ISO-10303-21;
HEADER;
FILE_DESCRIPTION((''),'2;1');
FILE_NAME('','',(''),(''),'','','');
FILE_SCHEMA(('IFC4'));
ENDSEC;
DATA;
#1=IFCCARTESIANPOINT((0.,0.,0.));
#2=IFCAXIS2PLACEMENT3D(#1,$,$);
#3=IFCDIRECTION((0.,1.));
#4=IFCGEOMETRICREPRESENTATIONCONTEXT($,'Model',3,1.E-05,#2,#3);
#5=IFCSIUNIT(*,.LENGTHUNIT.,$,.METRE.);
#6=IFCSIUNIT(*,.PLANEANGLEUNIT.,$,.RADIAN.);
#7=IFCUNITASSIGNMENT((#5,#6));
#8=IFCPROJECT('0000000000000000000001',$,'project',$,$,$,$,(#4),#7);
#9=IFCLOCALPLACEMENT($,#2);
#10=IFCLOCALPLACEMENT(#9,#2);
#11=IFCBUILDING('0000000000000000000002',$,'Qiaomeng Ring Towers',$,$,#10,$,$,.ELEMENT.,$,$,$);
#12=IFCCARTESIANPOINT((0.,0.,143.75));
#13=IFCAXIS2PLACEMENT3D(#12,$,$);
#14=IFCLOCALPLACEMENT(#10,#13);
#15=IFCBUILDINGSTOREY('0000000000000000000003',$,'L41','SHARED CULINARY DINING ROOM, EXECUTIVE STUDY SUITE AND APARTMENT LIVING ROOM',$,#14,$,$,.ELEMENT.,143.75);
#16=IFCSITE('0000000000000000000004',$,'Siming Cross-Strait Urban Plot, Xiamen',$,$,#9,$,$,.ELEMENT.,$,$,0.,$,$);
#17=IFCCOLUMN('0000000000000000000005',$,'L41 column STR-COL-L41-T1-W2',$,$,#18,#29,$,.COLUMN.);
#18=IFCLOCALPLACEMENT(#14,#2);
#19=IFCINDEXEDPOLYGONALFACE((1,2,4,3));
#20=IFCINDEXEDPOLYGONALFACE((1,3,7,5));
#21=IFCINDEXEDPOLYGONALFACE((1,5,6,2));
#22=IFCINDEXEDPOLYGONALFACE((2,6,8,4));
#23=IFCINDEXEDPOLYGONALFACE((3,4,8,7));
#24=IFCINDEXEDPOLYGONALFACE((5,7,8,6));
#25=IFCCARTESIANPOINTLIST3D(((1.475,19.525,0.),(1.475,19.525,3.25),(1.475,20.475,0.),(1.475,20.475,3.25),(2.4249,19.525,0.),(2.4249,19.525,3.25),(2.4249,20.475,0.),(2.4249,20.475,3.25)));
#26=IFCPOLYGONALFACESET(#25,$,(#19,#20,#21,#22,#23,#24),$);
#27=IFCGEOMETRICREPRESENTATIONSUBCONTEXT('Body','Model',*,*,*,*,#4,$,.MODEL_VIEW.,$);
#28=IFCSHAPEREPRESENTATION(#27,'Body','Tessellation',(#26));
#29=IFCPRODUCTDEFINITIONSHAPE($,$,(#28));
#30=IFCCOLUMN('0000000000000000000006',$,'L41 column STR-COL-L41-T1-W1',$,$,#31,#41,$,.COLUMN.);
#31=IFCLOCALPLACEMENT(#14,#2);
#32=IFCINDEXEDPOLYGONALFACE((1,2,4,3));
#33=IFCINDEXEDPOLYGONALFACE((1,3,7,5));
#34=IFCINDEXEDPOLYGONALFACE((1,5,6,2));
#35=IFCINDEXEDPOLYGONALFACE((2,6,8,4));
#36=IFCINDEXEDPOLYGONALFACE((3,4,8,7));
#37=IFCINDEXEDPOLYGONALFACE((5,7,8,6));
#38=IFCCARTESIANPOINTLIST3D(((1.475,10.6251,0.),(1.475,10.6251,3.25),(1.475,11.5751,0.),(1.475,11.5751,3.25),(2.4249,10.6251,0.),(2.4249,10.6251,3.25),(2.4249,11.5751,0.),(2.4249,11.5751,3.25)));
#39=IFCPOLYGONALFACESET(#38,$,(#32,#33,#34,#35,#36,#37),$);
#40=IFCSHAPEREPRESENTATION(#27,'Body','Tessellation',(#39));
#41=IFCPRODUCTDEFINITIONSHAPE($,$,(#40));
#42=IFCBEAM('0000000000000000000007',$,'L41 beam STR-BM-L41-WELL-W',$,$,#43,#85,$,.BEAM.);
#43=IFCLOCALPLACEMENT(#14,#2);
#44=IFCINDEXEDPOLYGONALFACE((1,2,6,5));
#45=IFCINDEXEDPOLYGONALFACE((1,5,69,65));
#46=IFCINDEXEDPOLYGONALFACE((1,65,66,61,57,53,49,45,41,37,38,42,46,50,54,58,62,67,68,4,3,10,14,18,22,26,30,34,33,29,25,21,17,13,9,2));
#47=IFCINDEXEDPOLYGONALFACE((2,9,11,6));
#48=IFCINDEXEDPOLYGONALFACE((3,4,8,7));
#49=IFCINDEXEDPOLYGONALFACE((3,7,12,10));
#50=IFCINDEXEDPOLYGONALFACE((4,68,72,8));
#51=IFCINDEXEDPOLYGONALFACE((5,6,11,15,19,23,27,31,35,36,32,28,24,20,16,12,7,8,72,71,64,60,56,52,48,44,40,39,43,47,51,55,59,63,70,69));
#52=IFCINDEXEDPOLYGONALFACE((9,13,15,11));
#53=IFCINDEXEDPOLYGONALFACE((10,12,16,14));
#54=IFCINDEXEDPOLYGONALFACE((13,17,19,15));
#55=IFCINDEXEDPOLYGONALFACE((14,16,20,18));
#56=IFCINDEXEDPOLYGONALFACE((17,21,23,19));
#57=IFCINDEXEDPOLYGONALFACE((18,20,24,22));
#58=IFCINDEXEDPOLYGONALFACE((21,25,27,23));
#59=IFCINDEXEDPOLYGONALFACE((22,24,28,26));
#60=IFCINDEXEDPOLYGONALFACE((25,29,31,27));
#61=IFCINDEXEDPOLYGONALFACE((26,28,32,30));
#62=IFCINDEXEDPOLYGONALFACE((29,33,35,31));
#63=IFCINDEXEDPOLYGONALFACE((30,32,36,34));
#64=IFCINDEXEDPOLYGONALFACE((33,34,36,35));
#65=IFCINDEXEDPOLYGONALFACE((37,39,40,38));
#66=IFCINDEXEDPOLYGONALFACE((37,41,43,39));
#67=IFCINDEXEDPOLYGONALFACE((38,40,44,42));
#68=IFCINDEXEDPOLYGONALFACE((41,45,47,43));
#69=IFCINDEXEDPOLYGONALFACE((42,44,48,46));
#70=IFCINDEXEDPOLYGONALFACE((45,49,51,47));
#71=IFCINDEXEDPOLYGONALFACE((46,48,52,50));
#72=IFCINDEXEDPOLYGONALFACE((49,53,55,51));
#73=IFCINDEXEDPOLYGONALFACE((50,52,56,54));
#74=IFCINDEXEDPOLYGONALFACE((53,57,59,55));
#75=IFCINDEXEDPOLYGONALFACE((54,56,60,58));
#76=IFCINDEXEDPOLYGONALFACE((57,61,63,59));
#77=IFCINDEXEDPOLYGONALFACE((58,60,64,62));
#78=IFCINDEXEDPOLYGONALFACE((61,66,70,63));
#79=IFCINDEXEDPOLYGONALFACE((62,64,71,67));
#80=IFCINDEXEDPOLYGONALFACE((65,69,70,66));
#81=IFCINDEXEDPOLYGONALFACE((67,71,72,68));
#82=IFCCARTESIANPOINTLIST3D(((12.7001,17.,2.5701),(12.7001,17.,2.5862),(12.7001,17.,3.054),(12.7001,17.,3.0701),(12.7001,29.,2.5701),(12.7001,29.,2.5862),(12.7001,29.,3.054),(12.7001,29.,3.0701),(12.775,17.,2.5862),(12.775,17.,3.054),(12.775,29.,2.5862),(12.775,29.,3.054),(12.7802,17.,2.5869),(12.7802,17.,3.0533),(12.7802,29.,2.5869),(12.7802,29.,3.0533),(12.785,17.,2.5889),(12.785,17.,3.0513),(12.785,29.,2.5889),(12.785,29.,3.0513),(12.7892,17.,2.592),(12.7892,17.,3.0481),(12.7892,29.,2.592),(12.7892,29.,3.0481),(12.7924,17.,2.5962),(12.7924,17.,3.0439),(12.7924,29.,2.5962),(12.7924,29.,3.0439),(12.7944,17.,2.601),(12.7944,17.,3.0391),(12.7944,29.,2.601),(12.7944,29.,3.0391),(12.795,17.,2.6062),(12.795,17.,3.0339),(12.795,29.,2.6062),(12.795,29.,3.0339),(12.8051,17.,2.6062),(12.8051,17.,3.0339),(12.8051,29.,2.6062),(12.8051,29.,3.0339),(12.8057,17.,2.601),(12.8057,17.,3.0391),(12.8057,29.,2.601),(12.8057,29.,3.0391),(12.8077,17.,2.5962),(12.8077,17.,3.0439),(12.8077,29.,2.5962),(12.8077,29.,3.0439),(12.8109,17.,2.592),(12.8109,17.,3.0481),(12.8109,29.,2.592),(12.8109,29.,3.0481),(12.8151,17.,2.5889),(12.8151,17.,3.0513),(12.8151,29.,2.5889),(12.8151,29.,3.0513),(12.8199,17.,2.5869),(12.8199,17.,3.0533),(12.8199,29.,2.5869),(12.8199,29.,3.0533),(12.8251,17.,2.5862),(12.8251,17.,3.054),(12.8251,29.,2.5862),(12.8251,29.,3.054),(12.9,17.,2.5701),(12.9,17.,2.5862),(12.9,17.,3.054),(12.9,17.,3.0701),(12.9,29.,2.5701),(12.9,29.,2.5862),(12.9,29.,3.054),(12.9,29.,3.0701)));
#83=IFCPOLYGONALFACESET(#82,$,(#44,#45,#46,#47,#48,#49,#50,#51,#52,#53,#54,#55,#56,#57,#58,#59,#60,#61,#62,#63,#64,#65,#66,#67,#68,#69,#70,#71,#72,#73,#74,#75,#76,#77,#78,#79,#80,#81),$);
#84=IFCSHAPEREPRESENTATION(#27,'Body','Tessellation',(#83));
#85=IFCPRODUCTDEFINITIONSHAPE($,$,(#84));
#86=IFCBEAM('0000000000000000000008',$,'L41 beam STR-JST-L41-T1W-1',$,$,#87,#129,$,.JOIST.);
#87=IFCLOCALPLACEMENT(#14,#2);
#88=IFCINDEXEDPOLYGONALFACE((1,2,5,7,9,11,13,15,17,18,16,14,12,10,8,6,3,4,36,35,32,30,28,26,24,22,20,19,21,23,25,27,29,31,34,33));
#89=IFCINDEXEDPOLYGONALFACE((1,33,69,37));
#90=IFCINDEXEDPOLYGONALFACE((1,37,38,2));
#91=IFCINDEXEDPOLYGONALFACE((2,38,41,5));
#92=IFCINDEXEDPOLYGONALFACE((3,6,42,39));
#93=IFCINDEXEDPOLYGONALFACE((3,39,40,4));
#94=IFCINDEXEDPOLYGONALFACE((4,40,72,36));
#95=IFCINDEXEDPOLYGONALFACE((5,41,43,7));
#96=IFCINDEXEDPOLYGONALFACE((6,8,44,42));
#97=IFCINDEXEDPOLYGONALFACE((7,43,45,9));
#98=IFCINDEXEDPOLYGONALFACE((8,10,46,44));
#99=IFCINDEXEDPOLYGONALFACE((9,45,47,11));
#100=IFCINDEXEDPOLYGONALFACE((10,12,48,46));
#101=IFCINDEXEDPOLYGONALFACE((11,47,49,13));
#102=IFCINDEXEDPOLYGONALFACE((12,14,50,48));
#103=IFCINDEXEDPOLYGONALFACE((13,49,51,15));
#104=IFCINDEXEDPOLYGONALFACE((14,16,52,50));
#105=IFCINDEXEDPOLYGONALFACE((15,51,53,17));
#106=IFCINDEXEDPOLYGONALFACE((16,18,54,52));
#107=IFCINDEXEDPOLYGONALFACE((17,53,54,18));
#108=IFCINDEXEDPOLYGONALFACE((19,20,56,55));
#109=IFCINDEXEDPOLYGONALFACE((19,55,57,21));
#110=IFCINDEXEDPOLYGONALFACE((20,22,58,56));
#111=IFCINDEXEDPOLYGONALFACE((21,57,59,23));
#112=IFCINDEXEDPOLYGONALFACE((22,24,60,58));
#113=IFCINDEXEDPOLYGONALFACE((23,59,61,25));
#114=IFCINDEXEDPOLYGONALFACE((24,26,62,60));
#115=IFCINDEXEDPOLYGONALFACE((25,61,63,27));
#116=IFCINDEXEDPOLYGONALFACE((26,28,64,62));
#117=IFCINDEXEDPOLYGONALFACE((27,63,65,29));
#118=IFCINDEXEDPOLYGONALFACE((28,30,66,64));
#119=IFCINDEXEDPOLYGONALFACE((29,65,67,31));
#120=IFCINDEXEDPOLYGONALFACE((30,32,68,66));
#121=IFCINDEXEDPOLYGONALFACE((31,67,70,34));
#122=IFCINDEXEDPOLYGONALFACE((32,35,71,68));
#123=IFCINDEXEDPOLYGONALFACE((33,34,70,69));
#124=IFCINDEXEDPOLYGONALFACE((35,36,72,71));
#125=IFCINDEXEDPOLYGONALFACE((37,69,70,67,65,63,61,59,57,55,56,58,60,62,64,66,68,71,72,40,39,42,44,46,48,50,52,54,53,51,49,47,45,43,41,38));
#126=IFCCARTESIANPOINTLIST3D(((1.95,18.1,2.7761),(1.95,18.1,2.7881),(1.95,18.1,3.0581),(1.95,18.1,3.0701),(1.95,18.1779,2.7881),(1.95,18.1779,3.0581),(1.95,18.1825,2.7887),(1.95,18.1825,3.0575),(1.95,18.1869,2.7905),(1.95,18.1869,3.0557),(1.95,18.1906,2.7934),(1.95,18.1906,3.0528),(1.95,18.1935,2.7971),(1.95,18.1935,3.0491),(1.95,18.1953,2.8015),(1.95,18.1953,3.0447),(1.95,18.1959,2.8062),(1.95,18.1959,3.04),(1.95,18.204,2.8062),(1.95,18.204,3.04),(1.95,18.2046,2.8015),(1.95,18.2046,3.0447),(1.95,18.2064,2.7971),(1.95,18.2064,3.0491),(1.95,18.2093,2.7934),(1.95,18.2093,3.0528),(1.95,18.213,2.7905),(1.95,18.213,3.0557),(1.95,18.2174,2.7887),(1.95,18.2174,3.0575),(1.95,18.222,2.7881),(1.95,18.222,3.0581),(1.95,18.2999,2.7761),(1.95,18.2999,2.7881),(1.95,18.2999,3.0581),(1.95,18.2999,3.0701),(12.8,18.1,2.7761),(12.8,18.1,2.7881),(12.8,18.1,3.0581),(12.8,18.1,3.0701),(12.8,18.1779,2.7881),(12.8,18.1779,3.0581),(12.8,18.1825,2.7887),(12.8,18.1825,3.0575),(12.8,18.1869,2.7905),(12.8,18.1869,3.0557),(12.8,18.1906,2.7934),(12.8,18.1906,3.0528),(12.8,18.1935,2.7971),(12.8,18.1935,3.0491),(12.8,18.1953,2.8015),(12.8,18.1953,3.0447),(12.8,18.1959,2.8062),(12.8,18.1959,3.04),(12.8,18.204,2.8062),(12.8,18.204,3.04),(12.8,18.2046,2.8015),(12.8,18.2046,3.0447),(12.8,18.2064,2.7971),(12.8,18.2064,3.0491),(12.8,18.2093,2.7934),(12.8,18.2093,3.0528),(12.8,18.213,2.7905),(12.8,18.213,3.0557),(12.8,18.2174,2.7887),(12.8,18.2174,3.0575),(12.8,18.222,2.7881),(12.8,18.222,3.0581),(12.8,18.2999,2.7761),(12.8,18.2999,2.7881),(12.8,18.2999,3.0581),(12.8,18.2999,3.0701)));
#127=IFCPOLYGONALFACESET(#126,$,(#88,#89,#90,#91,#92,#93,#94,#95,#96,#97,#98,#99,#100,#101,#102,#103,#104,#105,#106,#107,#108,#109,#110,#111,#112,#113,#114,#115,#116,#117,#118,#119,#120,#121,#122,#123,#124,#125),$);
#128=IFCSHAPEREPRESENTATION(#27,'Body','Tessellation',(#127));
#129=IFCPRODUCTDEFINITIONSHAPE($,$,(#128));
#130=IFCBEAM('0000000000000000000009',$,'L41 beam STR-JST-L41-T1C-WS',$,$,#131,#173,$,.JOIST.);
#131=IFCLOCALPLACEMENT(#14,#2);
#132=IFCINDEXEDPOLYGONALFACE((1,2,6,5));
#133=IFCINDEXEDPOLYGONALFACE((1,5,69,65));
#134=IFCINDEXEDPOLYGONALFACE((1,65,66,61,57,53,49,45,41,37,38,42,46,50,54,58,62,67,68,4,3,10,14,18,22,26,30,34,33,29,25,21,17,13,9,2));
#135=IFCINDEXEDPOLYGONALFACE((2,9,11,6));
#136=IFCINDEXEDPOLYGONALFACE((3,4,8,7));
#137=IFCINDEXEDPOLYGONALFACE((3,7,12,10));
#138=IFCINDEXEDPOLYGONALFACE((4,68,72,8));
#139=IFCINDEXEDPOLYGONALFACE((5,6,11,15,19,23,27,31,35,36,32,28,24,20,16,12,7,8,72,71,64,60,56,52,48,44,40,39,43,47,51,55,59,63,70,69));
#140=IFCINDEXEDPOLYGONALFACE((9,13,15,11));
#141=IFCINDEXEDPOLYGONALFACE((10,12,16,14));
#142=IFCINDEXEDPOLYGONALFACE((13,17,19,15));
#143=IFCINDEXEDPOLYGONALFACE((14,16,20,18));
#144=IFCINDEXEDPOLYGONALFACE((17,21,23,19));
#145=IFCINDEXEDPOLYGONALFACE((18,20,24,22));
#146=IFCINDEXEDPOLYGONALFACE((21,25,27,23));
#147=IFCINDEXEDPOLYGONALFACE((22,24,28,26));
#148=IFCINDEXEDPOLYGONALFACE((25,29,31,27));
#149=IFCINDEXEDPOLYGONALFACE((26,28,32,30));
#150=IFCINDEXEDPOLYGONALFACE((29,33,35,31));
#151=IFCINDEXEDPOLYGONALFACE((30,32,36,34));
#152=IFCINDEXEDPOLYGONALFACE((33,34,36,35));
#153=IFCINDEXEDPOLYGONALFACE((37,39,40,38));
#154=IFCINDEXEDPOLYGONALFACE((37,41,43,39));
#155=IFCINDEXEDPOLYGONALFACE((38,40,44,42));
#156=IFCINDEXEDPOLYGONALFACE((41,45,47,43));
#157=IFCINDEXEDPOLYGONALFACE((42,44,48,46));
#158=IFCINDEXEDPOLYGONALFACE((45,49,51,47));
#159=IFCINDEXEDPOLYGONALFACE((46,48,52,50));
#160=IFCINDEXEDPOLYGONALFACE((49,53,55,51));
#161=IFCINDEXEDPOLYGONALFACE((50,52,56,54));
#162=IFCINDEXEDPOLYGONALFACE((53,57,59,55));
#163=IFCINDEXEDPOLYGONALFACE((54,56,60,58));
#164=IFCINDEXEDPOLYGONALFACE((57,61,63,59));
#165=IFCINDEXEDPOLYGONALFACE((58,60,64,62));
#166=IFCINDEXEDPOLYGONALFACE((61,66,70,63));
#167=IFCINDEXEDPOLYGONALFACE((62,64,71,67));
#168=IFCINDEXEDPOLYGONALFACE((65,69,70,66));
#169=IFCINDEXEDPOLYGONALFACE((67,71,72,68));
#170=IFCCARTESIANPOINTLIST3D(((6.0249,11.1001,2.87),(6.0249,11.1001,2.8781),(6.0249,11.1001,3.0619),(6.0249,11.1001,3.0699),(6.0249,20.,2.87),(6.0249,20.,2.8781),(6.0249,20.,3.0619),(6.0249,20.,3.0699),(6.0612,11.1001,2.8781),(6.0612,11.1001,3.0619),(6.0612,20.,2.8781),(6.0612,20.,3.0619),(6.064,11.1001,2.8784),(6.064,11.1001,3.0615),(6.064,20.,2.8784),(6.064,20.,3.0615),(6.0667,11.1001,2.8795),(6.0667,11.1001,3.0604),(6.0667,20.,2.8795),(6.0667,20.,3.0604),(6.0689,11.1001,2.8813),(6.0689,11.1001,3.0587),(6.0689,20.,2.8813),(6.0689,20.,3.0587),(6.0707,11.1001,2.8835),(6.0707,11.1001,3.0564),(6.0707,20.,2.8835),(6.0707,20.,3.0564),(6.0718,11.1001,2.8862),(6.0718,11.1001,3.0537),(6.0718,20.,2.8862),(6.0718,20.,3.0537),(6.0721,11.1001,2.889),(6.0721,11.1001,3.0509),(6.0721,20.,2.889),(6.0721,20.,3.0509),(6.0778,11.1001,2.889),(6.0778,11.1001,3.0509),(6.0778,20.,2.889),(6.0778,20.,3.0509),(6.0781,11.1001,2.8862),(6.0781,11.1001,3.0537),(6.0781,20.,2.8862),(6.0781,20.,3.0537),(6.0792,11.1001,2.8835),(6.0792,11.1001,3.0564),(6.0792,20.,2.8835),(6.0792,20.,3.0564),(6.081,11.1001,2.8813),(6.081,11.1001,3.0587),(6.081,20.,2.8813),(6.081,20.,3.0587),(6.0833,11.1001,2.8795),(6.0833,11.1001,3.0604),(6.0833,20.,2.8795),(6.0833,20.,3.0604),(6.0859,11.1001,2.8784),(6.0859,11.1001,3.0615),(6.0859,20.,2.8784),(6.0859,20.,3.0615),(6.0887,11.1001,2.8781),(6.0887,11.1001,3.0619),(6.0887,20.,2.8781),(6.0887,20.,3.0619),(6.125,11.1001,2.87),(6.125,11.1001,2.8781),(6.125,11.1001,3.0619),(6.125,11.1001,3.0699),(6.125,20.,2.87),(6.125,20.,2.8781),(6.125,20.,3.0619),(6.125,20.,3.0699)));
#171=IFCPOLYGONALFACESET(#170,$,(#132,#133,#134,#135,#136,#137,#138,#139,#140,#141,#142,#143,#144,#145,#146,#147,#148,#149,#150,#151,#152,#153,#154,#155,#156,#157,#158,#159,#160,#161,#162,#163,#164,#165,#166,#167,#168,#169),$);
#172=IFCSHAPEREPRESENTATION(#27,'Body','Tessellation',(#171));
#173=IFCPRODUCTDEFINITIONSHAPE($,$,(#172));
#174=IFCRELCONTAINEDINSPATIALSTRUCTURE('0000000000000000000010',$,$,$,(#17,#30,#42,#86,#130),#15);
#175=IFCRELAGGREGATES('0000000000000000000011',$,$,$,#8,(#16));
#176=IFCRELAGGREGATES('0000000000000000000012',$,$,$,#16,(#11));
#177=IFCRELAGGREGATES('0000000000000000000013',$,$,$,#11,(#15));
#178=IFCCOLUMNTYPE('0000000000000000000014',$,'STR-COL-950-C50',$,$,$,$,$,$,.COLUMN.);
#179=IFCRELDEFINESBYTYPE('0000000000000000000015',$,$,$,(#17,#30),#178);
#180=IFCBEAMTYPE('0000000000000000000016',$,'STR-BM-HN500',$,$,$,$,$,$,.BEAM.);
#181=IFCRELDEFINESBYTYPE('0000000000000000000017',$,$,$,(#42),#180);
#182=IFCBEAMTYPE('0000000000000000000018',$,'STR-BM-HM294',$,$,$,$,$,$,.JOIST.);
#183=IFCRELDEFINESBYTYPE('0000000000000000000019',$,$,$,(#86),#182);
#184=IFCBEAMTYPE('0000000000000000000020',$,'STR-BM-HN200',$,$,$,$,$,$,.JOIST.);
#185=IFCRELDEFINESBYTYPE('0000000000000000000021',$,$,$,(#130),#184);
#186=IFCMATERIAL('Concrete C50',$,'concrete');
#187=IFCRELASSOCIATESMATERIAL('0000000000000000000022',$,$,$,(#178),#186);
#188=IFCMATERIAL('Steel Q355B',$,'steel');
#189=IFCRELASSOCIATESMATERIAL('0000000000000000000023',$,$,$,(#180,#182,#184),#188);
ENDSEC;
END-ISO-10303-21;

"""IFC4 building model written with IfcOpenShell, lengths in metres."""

from ifc_helpers import new_model, si_unit, direction, frame, origin, origin_2d, place, context, subcontext, project, spatial, rectangle, i_section, extrude, source, transform, mapped, material, material_profile, profile_set, type_object, element, save


model = new_model("IFC4")

# Units and contexts
model_context = context("Model", 3, precision=1e-05, world=origin(), true_north=direction((0.0, 1.0)))
body_context = subcontext(model_context, "Body", "Model", "MODEL_VIEW")
ifc_project = project(units=[si_unit("LENGTHUNIT", "METRE"), si_unit("PLANEANGLEUNIT", "RADIAN")], contexts=[model_context])

# Site, building, storey
site_placement = place(None, origin())
site = spatial("IfcSite", under=ifc_project, at=site_placement, Name="Siming Cross-Strait Urban Plot, Xiamen", CompositionType="ELEMENT", RefElevation=0.0)
building_placement = place(site_placement, origin())
building = spatial("IfcBuilding", under=site, at=building_placement, Name="Qiaomeng Ring Towers", CompositionType="ELEMENT")
storey_placement = place(building_placement, frame((0.0, 0.0, 143.75)))
storey = spatial("IfcBuildingStorey", under=building, at=storey_placement, Name="L41", Description="SHARED CULINARY DINING ROOM, EXECUTIVE STUDY SUITE AND APARTMENT LIVING ROOM", CompositionType="ELEMENT", Elevation=143.75)

# Columns
ifc_material_1 = material(Name="Concrete C50", Category="concrete")
ifc_material_profile_1 = material_profile(ifc_material_1, rectangle(XDim=0.95, YDim=0.95, at=origin_2d()), Name="RC COL 950x950")
ifc_profile_set_1 = profile_set([ifc_material_profile_1], Name="Concrete C50")
column_type = type_object("IfcColumnType", Name="STR-COL-950-C50", PredefinedType="COLUMN", material=ifc_profile_set_1)
shared_shape_1 = source(origin(), body_context, "Body", "SweptSolid", [
    extrude(rectangle(XDim=0.95, YDim=0.95, at=origin_2d()), origin(), (0.0, 0.0, 1.0), 3.25),
])
for number, where, z_axis, x_axis, name in (
    (1, (1.95, 20.0, 0.0), (0.0, 0.0, 1.0), (1.0, 0.0, 0.0), "L41 column STR-COL-L41-T1-W2"),
    (2, (1.95, 11.1001, 0.0), (0.0, 0.0, 1.0), (1.0, 0.0, 0.0), "L41 column STR-COL-L41-T1-W1"),
):
    element("IfcColumn", number, at=place(storey_placement, frame(where, z_axis=z_axis, x_axis=x_axis)), inside=storey, type_object=column_type, Name=name, PredefinedType="COLUMN", context=body_context, shape_type="MappedRepresentation", body=[
        mapped(shared_shape_1, transform((0.0, 0.0, 0.0), x_axis=(1.0, 0.0, 0.0), y_axis=(0.0, 1.0, 0.0), z_axis=(0.0, 0.0, 1.0), scale=1.0)),
    ])

# Beams
ifc_material_2 = material(Name="Steel Q355B", Category="steel")
ifc_material_profile_2 = material_profile(ifc_material_2, i_section(OverallWidth=0.2, OverallDepth=0.5, WebThickness=0.01, FlangeThickness=0.0161, FilletRadius=0.02, at=origin_2d()), Name="HN 500x200x10x16")
ifc_profile_set_2 = profile_set([ifc_material_profile_2], Name="Steel Q355B")
beam_type_1 = type_object("IfcBeamType", Name="STR-BM-HN500", PredefinedType="BEAM", material=ifc_profile_set_2)
shared_shape_2 = source(origin(), body_context, "Body", "SweptSolid", [
    extrude(i_section(OverallWidth=0.2, OverallDepth=0.5, WebThickness=0.01, FlangeThickness=0.0161, FilletRadius=0.02, at=origin_2d()), origin(), (0.0, 0.0, 1.0), 12.0),
])
beam_1_placement = place(storey_placement, frame((12.8, 17.0, 2.8201), z_axis=(0.0, 1.0, 0.0), x_axis=(-1.0, 0.0, 0.0)))
element("IfcBeam", 3, at=beam_1_placement, inside=storey, type_object=beam_type_1, Name="L41 beam STR-BM-L41-WELL-W", PredefinedType="BEAM", context=body_context, shape_type="MappedRepresentation", body=[
    mapped(shared_shape_2, transform((0.0, 0.0, 0.0), x_axis=(1.0, 0.0, 0.0), y_axis=(0.0, 1.0, 0.0), z_axis=(0.0, 0.0, 1.0), scale=1.0)),
])
ifc_material_profile_3 = material_profile(ifc_material_2, i_section(OverallWidth=0.2, OverallDepth=0.2939, WebThickness=0.0081, FlangeThickness=0.012, FilletRadius=0.0181, at=origin_2d()), Name="HM 294x200x8x12")
ifc_profile_set_3 = profile_set([ifc_material_profile_3], Name="Steel Q355B")
beam_type_2 = type_object("IfcBeamType", Name="STR-BM-HM294", PredefinedType="JOIST", material=ifc_profile_set_3)
shared_shape_3 = source(origin(), body_context, "Body", "SweptSolid", [
    extrude(i_section(OverallWidth=0.2, OverallDepth=0.2939, WebThickness=0.0081, FlangeThickness=0.012, FilletRadius=0.0181, at=origin_2d()), origin(), (0.0, 0.0, 1.0), 10.8501),
])
beam_2_placement = place(storey_placement, frame((1.95, 18.2, 2.9231), z_axis=(1.0, 0.0, 0.0), x_axis=(0.0, 1.0, 0.0)))
element("IfcBeam", 4, at=beam_2_placement, inside=storey, type_object=beam_type_2, Name="L41 beam STR-JST-L41-T1W-1", PredefinedType="JOIST", context=body_context, shape_type="MappedRepresentation", body=[
    mapped(shared_shape_3, transform((0.0, 0.0, 0.0), x_axis=(1.0, 0.0, 0.0), y_axis=(0.0, 1.0, 0.0), z_axis=(0.0, 0.0, 1.0), scale=1.0)),
])
ifc_material_profile_4 = material_profile(ifc_material_2, i_section(OverallWidth=0.1001, OverallDepth=0.2, WebThickness=0.0056, FlangeThickness=0.0081, FilletRadius=0.011, at=origin_2d()), Name="HN 200x100x5.5x8")
ifc_profile_set_4 = profile_set([ifc_material_profile_4], Name="Steel Q355B")
beam_type_3 = type_object("IfcBeamType", Name="STR-BM-HN200", PredefinedType="JOIST", material=ifc_profile_set_4)
shared_shape_4 = source(origin(), body_context, "Body", "SweptSolid", [
    extrude(i_section(OverallWidth=0.1001, OverallDepth=0.2, WebThickness=0.0056, FlangeThickness=0.0081, FilletRadius=0.011, at=origin_2d()), origin(), (0.0, 0.0, 1.0), 8.8999),
])
beam_3_placement = place(storey_placement, frame((6.075, 11.1001, 2.97), z_axis=(0.0, 1.0, 0.0), x_axis=(-1.0, 0.0, 0.0)))
element("IfcBeam", 5, at=beam_3_placement, inside=storey, type_object=beam_type_3, Name="L41 beam STR-JST-L41-T1C-WS", PredefinedType="JOIST", context=body_context, shape_type="MappedRepresentation", body=[
    mapped(shared_shape_4, transform((0.0, 0.0, 0.0), x_axis=(1.0, 0.0, 0.0), y_axis=(0.0, 1.0, 0.0), z_axis=(0.0, 0.0, 1.0), scale=1.0)),
])

save(model, "model.ifc")
